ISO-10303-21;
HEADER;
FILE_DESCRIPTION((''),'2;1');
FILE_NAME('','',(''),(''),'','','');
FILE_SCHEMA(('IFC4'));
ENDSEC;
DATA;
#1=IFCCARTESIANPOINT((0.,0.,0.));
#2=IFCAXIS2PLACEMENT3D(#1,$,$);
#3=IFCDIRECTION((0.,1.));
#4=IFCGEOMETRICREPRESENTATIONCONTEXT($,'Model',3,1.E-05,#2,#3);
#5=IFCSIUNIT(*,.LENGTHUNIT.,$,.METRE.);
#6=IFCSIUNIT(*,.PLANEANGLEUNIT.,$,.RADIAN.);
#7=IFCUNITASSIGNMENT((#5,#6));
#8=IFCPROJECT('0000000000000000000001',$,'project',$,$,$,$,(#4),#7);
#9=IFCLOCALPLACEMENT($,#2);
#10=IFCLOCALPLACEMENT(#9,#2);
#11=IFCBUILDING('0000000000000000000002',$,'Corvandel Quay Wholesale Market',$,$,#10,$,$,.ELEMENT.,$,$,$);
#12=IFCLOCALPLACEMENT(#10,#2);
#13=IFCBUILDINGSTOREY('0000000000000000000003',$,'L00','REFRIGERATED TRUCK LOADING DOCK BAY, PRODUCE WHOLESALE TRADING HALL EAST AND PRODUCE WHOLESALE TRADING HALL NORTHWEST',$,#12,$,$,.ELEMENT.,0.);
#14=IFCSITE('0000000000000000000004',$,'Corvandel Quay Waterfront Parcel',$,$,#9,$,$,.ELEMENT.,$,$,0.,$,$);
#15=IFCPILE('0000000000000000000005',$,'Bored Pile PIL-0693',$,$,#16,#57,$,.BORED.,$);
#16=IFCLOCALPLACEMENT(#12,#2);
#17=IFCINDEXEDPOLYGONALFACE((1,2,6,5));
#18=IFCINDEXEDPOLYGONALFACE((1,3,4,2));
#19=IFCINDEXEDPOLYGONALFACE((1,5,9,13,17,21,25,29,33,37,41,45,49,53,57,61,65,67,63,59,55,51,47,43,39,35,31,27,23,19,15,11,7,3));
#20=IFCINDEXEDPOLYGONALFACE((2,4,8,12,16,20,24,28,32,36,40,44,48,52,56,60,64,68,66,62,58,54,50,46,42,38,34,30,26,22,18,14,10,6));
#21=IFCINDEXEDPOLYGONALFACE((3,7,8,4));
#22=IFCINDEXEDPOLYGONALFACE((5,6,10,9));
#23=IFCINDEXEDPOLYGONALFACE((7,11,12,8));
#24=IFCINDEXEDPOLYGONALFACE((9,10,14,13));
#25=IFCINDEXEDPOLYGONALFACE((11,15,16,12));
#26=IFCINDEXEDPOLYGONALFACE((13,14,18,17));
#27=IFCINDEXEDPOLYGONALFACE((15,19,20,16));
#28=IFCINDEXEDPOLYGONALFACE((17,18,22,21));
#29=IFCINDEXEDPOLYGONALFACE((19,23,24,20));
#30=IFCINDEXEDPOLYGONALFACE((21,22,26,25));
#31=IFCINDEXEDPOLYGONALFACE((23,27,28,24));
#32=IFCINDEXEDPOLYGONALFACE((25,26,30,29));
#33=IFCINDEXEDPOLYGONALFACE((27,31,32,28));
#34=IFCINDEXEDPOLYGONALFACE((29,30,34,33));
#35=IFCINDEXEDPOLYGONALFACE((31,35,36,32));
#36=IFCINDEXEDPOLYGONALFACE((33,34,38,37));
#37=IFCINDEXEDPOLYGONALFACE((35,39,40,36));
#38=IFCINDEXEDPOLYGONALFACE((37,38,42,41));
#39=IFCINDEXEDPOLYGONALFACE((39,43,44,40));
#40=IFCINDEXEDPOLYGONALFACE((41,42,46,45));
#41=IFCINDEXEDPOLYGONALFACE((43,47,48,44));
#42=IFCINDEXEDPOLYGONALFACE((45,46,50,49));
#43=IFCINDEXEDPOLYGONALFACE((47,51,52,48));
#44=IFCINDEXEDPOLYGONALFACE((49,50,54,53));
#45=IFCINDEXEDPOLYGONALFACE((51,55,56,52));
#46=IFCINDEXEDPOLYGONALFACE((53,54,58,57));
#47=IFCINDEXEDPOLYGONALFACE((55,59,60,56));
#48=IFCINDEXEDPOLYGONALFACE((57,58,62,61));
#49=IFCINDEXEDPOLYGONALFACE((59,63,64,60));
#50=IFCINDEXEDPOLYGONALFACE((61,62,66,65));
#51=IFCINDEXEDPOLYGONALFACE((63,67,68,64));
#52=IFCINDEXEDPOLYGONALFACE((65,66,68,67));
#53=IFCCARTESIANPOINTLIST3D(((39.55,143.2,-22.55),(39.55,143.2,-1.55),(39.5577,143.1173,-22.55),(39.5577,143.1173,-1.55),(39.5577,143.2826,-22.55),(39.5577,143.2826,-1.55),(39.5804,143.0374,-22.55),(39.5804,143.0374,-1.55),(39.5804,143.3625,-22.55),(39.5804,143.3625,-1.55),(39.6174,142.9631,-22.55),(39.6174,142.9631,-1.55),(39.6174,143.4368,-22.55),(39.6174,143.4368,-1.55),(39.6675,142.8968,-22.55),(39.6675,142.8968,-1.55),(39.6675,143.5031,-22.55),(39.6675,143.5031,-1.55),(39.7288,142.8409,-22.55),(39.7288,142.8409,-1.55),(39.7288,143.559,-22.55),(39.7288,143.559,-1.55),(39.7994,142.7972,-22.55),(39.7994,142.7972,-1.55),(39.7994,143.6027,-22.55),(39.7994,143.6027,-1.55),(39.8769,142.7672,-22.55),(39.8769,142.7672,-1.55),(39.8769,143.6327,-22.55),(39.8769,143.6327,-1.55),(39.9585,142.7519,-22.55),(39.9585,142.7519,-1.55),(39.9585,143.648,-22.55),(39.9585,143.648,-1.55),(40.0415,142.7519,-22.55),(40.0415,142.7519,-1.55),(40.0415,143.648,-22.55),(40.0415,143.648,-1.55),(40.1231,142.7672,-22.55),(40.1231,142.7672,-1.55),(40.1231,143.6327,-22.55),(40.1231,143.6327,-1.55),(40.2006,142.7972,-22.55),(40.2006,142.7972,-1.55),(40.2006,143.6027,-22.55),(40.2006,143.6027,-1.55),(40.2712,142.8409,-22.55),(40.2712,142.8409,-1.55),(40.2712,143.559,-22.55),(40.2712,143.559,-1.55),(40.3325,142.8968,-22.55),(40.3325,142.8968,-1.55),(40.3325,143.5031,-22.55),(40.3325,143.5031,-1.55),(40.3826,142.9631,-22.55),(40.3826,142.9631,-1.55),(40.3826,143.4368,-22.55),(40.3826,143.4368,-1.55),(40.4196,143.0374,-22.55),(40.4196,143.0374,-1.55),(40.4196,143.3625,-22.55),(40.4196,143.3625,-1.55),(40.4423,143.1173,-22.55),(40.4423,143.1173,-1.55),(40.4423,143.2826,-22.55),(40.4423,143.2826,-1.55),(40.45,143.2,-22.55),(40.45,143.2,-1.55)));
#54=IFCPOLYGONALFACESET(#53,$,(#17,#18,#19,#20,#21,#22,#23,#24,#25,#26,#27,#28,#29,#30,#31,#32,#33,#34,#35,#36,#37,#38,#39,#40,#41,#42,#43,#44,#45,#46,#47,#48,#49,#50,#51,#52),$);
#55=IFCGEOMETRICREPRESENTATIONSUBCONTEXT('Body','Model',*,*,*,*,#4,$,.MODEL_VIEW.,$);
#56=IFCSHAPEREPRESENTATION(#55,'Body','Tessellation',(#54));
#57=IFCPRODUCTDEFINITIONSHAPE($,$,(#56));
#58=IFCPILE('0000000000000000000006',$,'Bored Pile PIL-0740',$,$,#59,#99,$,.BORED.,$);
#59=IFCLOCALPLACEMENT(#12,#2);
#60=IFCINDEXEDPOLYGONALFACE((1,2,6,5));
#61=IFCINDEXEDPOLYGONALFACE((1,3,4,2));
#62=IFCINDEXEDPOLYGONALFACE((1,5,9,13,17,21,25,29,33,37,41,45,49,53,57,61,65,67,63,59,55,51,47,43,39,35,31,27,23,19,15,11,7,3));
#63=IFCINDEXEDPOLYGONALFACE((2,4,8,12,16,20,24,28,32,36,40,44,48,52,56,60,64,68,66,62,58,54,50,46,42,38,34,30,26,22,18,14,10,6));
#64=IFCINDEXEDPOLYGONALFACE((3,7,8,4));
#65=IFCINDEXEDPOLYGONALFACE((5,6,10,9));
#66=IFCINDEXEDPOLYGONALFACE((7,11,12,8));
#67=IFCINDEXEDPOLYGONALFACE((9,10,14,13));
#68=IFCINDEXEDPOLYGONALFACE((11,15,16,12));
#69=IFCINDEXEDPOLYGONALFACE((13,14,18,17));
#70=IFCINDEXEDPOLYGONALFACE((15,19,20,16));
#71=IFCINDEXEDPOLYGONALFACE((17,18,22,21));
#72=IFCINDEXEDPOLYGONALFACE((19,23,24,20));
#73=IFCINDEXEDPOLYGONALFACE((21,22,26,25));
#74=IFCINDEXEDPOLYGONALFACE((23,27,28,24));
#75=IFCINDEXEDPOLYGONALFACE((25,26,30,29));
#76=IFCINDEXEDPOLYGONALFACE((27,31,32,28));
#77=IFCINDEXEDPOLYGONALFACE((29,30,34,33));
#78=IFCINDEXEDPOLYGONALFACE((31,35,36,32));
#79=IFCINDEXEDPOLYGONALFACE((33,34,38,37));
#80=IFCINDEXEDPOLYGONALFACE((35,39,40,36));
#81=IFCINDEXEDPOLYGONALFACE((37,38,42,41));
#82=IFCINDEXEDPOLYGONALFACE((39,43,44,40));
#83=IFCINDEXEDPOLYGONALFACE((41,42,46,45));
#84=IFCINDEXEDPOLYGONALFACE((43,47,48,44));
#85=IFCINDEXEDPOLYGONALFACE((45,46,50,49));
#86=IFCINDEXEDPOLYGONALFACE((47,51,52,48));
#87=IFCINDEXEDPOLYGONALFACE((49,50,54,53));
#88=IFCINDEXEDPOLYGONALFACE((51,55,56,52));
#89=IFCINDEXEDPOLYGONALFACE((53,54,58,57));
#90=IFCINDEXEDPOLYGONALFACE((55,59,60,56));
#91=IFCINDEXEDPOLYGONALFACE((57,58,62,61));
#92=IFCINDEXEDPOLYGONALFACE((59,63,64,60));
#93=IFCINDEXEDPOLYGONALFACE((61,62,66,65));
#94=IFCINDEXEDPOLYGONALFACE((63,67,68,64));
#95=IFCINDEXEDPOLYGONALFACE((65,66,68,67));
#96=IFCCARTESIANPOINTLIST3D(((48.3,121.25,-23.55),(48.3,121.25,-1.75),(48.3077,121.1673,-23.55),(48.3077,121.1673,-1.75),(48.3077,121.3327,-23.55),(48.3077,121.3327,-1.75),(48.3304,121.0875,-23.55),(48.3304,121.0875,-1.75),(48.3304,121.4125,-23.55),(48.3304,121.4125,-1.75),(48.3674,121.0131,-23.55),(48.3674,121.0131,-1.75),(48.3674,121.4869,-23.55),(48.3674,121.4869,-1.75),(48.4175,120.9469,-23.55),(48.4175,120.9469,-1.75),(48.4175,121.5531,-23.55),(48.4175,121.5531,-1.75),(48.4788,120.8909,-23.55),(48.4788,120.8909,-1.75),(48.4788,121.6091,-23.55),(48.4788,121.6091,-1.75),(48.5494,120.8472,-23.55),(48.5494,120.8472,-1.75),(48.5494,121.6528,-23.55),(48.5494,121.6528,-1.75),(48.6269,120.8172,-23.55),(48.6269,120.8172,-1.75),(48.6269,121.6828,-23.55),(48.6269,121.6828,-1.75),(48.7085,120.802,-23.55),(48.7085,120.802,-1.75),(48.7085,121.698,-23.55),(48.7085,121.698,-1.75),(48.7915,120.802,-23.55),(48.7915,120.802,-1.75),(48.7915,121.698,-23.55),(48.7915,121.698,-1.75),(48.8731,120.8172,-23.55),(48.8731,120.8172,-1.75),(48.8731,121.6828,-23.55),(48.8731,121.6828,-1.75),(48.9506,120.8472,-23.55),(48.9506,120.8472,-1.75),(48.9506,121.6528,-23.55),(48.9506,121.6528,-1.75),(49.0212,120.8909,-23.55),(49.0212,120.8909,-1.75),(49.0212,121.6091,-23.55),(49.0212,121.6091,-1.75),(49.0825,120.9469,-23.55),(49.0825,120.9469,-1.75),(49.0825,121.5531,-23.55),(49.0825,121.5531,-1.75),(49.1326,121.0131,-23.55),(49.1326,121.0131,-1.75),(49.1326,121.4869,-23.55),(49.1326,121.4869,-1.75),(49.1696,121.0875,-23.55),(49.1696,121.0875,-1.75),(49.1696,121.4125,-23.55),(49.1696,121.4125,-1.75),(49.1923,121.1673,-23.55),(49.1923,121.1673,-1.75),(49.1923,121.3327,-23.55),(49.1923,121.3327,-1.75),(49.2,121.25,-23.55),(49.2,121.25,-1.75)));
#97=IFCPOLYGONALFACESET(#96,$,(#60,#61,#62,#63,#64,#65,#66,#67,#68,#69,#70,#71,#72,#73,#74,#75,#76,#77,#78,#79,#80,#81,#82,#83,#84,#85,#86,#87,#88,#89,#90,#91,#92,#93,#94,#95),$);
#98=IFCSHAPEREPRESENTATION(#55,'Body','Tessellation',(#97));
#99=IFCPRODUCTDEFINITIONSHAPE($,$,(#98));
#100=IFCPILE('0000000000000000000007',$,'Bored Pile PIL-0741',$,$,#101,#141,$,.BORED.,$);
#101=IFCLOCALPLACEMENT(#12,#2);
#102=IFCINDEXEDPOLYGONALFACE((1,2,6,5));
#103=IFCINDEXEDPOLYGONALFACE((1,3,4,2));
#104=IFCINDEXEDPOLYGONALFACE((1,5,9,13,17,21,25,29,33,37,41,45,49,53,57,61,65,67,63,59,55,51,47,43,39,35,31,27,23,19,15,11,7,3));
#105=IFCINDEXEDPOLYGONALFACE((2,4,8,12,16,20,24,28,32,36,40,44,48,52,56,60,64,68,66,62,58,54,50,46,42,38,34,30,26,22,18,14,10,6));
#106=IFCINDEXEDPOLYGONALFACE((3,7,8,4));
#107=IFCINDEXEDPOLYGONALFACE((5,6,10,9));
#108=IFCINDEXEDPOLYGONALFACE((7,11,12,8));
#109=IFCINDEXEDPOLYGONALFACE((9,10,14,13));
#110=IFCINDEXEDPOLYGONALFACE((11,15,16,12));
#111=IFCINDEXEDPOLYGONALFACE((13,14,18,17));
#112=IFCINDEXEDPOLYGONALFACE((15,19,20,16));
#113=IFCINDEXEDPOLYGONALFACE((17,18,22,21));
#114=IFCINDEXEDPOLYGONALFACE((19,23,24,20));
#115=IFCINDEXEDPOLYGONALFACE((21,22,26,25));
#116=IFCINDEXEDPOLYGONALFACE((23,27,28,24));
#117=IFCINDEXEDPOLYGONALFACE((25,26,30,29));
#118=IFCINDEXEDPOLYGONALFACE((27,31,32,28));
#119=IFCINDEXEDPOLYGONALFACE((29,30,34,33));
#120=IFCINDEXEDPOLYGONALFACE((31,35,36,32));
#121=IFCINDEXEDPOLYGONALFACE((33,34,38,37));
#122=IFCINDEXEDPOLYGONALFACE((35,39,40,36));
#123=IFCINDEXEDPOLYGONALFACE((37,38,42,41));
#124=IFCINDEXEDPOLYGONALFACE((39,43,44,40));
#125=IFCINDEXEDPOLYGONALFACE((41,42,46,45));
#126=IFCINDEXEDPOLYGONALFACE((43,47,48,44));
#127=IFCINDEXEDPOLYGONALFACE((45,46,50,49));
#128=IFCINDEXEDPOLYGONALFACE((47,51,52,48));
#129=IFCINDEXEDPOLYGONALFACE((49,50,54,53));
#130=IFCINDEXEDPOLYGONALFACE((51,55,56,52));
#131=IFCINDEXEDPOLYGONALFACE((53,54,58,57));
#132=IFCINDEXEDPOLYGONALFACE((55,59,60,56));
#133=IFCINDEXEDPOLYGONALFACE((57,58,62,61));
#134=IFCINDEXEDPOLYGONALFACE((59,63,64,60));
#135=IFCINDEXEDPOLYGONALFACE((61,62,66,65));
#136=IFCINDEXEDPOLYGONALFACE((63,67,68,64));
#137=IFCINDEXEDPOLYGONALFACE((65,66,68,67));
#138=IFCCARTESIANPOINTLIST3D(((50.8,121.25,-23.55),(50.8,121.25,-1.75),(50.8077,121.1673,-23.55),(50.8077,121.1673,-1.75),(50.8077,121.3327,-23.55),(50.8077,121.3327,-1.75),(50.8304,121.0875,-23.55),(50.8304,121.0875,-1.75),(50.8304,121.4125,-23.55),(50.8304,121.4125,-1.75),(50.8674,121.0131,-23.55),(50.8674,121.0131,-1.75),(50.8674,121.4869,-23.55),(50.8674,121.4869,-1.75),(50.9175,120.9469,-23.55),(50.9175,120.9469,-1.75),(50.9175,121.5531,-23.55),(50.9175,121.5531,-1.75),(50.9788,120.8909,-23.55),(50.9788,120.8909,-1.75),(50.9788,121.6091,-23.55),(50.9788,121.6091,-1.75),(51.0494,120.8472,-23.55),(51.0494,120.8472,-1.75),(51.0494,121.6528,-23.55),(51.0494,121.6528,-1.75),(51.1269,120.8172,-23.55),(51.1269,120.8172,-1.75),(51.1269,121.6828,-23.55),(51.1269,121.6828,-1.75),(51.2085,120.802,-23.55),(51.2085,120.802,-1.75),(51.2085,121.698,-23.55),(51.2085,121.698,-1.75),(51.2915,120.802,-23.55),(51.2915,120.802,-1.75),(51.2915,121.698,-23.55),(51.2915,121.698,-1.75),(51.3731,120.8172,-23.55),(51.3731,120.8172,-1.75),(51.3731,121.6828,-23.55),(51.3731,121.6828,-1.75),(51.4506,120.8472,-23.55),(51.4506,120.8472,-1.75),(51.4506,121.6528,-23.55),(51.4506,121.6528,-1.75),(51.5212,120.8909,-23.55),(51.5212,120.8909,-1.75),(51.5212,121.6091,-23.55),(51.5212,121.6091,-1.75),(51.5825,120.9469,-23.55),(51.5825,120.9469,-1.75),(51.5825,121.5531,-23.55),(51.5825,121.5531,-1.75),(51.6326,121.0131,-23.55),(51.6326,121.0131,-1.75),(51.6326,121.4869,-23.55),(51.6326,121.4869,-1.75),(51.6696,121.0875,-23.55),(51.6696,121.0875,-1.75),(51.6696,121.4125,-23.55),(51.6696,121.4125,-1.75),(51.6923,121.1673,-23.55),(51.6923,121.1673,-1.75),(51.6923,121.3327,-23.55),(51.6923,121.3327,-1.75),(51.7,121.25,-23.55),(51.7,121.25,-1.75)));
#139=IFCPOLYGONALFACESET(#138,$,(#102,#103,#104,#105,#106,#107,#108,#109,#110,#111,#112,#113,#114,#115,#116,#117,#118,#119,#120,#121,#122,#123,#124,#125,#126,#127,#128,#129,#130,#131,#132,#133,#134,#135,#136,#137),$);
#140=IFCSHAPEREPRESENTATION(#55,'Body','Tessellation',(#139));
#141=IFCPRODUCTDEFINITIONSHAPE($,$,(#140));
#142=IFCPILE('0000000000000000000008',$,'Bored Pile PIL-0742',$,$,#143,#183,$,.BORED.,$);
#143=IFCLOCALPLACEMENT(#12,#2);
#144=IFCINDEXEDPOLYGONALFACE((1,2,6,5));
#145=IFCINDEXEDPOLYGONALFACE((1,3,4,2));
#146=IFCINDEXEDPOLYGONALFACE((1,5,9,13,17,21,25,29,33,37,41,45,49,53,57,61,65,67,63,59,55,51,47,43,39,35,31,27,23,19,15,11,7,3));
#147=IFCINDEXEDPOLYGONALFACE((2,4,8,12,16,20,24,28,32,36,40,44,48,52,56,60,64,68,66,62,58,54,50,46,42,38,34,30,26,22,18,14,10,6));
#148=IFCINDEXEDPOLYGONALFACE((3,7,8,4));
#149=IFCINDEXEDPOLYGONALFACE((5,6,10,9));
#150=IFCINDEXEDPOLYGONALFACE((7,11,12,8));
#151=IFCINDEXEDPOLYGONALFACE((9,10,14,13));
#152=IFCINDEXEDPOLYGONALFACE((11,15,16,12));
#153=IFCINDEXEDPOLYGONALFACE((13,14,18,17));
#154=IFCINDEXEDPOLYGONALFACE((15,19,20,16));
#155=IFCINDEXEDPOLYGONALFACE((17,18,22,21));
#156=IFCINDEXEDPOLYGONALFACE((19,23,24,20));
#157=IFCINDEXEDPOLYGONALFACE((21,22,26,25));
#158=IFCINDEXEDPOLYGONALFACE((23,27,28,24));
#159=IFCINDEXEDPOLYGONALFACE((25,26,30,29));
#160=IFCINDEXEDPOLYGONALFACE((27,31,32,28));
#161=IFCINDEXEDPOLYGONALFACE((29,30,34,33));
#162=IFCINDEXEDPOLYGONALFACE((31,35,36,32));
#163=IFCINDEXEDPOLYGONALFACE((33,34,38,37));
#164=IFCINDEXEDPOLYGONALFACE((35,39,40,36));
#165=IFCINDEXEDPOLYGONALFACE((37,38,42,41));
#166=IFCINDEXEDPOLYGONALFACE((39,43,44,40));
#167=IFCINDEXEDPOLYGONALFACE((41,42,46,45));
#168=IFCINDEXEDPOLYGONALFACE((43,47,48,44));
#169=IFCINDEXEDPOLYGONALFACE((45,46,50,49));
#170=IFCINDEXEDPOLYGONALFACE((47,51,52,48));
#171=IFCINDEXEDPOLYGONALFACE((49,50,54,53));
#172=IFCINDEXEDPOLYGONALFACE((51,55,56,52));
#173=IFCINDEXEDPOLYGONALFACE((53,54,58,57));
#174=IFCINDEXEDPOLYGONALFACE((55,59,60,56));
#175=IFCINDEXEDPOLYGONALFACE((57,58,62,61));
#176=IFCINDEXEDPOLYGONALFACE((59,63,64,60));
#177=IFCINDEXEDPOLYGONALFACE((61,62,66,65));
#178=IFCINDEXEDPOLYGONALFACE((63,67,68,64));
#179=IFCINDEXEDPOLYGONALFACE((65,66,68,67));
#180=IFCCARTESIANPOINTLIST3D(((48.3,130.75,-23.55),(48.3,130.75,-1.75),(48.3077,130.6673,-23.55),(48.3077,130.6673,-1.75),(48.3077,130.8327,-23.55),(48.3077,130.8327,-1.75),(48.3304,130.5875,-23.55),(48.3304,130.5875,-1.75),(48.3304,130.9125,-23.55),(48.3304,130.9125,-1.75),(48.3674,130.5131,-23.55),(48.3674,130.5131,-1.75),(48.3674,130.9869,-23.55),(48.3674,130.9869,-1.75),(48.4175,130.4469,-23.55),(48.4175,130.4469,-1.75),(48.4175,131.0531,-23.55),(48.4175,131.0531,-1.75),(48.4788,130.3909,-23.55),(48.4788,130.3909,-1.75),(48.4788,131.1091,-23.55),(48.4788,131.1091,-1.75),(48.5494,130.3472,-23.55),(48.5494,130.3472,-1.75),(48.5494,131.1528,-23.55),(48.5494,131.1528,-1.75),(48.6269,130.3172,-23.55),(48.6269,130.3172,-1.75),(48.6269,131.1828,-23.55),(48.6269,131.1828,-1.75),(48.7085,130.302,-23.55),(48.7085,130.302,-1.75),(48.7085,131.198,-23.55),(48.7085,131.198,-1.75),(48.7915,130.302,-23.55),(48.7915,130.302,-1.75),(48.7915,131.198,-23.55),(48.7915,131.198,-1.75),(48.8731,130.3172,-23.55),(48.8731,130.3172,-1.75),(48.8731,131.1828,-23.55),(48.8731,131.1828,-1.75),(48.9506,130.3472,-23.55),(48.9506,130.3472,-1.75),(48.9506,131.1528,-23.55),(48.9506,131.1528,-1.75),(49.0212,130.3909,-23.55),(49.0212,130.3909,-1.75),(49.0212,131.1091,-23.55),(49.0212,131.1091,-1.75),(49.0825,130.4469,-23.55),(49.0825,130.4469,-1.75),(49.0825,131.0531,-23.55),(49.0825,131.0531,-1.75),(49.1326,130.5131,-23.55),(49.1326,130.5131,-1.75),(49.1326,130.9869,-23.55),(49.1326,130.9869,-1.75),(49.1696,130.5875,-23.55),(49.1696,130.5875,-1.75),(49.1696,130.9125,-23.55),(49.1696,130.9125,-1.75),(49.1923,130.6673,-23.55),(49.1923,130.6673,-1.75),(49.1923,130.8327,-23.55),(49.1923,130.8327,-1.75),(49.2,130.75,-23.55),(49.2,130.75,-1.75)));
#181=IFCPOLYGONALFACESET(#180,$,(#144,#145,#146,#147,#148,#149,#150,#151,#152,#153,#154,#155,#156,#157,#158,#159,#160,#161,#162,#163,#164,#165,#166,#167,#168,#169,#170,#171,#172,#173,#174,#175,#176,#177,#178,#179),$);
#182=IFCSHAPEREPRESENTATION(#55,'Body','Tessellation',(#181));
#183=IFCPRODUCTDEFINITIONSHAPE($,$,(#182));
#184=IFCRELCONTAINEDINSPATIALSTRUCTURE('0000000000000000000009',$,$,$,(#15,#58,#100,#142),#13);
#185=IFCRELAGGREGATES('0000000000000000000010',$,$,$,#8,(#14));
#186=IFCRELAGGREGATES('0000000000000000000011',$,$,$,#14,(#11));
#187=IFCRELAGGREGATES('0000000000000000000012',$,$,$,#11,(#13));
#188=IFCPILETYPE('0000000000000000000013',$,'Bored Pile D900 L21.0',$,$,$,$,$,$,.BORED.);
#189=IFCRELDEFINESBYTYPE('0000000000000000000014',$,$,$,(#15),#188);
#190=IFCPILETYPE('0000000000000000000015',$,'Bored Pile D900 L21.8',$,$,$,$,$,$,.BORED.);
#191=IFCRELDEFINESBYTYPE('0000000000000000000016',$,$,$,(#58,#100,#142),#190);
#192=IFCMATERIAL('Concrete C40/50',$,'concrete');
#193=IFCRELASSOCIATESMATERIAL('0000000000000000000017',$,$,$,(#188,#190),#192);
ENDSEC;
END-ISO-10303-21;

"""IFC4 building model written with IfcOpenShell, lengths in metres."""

from ifc_helpers import new_model, si_unit, direction, frame, origin, origin_2d, place, context, subcontext, project, spatial, circle, extrude, material, material_profile, profile_set, type_object, element, save


model = new_model("IFC4")

# Units and contexts
model_context = context("Model", 3, precision=1e-05, world=origin(), true_north=direction((0.0, 1.0)))
body_context = subcontext(model_context, "Body", "Model", "MODEL_VIEW")
ifc_project = project(units=[si_unit("LENGTHUNIT", "METRE"), si_unit("PLANEANGLEUNIT", "RADIAN")], contexts=[model_context])

# Site, building, storey
site_placement = place(None, origin())
site = spatial("IfcSite", under=ifc_project, at=site_placement, Name="Corvandel Quay Waterfront Parcel", CompositionType="ELEMENT", RefElevation=0.0)
building_placement = place(site_placement, origin())
building = spatial("IfcBuilding", under=site, at=building_placement, Name="Corvandel Quay Wholesale Market", CompositionType="ELEMENT")
storey_placement = place(building_placement, origin())
storey = spatial("IfcBuildingStorey", under=building, at=storey_placement, Name="L00", Description="REFRIGERATED TRUCK LOADING DOCK BAY, PRODUCE WHOLESALE TRADING HALL EAST AND PRODUCE WHOLESALE TRADING HALL NORTHWEST", CompositionType="ELEMENT", Elevation=0.0)

# Piles
ifc_material_1 = material(Name="Concrete C40/50", Category="concrete")
ifc_material_profile_1 = material_profile(ifc_material_1, circle(Radius=0.45, at=origin_2d()), Name="RC-PILE-D900")
ifc_profile_set_1 = profile_set([ifc_material_profile_1], Name="Concrete C40/50")
pile_type_1 = type_object("IfcPileType", Name="Bored Pile D900 L21.0", PredefinedType="BORED", material=ifc_profile_set_1)
for number, where, z_axis, x_axis, name in (
    (1, (40.0, 143.2, -1.55), (0.0, 0.0, -1.0), (1.0, 0.0, 0.0), "Bored Pile PIL-0693"),
):
    element("IfcPile", number, at=place(storey_placement, frame(where, z_axis=z_axis, x_axis=x_axis)), inside=storey, type_object=pile_type_1, Name=name, PredefinedType="BORED", context=body_context, shape_type="SweptSolid", body=[
        extrude(circle(Radius=0.45, at=origin_2d()), origin(), (0.0, 0.0, 1.0), 21.0),
    ])
ifc_material_profile_2 = material_profile(ifc_material_1, circle(Radius=0.45, at=origin_2d()), Name="RC-PILE-D900")
ifc_profile_set_2 = profile_set([ifc_material_profile_2], Name="Concrete C40/50")
pile_type_2 = type_object("IfcPileType", Name="Bored Pile D900 L21.8", PredefinedType="BORED", material=ifc_profile_set_2)
for number, where, z_axis, x_axis, name in (
    (2, (48.75, 121.25, -1.75), (0.0, 0.0, -1.0), (1.0, 0.0, 0.0), "Bored Pile PIL-0740"),
    (3, (51.25, 121.25, -1.75), (0.0, 0.0, -1.0), (1.0, 0.0, 0.0), "Bored Pile PIL-0741"),
    (4, (48.75, 130.75, -1.75), (0.0, 0.0, -1.0), (1.0, 0.0, 0.0), "Bored Pile PIL-0742"),
):
    element("IfcPile", number, at=place(storey_placement, frame(where, z_axis=z_axis, x_axis=x_axis)), inside=storey, type_object=pile_type_2, Name=name, PredefinedType="BORED", context=body_context, shape_type="SweptSolid", body=[
        extrude(circle(Radius=0.45, at=origin_2d()), origin(), (0.0, 0.0, 1.0), 21.8),
    ])

save(model, "model.ifc")
